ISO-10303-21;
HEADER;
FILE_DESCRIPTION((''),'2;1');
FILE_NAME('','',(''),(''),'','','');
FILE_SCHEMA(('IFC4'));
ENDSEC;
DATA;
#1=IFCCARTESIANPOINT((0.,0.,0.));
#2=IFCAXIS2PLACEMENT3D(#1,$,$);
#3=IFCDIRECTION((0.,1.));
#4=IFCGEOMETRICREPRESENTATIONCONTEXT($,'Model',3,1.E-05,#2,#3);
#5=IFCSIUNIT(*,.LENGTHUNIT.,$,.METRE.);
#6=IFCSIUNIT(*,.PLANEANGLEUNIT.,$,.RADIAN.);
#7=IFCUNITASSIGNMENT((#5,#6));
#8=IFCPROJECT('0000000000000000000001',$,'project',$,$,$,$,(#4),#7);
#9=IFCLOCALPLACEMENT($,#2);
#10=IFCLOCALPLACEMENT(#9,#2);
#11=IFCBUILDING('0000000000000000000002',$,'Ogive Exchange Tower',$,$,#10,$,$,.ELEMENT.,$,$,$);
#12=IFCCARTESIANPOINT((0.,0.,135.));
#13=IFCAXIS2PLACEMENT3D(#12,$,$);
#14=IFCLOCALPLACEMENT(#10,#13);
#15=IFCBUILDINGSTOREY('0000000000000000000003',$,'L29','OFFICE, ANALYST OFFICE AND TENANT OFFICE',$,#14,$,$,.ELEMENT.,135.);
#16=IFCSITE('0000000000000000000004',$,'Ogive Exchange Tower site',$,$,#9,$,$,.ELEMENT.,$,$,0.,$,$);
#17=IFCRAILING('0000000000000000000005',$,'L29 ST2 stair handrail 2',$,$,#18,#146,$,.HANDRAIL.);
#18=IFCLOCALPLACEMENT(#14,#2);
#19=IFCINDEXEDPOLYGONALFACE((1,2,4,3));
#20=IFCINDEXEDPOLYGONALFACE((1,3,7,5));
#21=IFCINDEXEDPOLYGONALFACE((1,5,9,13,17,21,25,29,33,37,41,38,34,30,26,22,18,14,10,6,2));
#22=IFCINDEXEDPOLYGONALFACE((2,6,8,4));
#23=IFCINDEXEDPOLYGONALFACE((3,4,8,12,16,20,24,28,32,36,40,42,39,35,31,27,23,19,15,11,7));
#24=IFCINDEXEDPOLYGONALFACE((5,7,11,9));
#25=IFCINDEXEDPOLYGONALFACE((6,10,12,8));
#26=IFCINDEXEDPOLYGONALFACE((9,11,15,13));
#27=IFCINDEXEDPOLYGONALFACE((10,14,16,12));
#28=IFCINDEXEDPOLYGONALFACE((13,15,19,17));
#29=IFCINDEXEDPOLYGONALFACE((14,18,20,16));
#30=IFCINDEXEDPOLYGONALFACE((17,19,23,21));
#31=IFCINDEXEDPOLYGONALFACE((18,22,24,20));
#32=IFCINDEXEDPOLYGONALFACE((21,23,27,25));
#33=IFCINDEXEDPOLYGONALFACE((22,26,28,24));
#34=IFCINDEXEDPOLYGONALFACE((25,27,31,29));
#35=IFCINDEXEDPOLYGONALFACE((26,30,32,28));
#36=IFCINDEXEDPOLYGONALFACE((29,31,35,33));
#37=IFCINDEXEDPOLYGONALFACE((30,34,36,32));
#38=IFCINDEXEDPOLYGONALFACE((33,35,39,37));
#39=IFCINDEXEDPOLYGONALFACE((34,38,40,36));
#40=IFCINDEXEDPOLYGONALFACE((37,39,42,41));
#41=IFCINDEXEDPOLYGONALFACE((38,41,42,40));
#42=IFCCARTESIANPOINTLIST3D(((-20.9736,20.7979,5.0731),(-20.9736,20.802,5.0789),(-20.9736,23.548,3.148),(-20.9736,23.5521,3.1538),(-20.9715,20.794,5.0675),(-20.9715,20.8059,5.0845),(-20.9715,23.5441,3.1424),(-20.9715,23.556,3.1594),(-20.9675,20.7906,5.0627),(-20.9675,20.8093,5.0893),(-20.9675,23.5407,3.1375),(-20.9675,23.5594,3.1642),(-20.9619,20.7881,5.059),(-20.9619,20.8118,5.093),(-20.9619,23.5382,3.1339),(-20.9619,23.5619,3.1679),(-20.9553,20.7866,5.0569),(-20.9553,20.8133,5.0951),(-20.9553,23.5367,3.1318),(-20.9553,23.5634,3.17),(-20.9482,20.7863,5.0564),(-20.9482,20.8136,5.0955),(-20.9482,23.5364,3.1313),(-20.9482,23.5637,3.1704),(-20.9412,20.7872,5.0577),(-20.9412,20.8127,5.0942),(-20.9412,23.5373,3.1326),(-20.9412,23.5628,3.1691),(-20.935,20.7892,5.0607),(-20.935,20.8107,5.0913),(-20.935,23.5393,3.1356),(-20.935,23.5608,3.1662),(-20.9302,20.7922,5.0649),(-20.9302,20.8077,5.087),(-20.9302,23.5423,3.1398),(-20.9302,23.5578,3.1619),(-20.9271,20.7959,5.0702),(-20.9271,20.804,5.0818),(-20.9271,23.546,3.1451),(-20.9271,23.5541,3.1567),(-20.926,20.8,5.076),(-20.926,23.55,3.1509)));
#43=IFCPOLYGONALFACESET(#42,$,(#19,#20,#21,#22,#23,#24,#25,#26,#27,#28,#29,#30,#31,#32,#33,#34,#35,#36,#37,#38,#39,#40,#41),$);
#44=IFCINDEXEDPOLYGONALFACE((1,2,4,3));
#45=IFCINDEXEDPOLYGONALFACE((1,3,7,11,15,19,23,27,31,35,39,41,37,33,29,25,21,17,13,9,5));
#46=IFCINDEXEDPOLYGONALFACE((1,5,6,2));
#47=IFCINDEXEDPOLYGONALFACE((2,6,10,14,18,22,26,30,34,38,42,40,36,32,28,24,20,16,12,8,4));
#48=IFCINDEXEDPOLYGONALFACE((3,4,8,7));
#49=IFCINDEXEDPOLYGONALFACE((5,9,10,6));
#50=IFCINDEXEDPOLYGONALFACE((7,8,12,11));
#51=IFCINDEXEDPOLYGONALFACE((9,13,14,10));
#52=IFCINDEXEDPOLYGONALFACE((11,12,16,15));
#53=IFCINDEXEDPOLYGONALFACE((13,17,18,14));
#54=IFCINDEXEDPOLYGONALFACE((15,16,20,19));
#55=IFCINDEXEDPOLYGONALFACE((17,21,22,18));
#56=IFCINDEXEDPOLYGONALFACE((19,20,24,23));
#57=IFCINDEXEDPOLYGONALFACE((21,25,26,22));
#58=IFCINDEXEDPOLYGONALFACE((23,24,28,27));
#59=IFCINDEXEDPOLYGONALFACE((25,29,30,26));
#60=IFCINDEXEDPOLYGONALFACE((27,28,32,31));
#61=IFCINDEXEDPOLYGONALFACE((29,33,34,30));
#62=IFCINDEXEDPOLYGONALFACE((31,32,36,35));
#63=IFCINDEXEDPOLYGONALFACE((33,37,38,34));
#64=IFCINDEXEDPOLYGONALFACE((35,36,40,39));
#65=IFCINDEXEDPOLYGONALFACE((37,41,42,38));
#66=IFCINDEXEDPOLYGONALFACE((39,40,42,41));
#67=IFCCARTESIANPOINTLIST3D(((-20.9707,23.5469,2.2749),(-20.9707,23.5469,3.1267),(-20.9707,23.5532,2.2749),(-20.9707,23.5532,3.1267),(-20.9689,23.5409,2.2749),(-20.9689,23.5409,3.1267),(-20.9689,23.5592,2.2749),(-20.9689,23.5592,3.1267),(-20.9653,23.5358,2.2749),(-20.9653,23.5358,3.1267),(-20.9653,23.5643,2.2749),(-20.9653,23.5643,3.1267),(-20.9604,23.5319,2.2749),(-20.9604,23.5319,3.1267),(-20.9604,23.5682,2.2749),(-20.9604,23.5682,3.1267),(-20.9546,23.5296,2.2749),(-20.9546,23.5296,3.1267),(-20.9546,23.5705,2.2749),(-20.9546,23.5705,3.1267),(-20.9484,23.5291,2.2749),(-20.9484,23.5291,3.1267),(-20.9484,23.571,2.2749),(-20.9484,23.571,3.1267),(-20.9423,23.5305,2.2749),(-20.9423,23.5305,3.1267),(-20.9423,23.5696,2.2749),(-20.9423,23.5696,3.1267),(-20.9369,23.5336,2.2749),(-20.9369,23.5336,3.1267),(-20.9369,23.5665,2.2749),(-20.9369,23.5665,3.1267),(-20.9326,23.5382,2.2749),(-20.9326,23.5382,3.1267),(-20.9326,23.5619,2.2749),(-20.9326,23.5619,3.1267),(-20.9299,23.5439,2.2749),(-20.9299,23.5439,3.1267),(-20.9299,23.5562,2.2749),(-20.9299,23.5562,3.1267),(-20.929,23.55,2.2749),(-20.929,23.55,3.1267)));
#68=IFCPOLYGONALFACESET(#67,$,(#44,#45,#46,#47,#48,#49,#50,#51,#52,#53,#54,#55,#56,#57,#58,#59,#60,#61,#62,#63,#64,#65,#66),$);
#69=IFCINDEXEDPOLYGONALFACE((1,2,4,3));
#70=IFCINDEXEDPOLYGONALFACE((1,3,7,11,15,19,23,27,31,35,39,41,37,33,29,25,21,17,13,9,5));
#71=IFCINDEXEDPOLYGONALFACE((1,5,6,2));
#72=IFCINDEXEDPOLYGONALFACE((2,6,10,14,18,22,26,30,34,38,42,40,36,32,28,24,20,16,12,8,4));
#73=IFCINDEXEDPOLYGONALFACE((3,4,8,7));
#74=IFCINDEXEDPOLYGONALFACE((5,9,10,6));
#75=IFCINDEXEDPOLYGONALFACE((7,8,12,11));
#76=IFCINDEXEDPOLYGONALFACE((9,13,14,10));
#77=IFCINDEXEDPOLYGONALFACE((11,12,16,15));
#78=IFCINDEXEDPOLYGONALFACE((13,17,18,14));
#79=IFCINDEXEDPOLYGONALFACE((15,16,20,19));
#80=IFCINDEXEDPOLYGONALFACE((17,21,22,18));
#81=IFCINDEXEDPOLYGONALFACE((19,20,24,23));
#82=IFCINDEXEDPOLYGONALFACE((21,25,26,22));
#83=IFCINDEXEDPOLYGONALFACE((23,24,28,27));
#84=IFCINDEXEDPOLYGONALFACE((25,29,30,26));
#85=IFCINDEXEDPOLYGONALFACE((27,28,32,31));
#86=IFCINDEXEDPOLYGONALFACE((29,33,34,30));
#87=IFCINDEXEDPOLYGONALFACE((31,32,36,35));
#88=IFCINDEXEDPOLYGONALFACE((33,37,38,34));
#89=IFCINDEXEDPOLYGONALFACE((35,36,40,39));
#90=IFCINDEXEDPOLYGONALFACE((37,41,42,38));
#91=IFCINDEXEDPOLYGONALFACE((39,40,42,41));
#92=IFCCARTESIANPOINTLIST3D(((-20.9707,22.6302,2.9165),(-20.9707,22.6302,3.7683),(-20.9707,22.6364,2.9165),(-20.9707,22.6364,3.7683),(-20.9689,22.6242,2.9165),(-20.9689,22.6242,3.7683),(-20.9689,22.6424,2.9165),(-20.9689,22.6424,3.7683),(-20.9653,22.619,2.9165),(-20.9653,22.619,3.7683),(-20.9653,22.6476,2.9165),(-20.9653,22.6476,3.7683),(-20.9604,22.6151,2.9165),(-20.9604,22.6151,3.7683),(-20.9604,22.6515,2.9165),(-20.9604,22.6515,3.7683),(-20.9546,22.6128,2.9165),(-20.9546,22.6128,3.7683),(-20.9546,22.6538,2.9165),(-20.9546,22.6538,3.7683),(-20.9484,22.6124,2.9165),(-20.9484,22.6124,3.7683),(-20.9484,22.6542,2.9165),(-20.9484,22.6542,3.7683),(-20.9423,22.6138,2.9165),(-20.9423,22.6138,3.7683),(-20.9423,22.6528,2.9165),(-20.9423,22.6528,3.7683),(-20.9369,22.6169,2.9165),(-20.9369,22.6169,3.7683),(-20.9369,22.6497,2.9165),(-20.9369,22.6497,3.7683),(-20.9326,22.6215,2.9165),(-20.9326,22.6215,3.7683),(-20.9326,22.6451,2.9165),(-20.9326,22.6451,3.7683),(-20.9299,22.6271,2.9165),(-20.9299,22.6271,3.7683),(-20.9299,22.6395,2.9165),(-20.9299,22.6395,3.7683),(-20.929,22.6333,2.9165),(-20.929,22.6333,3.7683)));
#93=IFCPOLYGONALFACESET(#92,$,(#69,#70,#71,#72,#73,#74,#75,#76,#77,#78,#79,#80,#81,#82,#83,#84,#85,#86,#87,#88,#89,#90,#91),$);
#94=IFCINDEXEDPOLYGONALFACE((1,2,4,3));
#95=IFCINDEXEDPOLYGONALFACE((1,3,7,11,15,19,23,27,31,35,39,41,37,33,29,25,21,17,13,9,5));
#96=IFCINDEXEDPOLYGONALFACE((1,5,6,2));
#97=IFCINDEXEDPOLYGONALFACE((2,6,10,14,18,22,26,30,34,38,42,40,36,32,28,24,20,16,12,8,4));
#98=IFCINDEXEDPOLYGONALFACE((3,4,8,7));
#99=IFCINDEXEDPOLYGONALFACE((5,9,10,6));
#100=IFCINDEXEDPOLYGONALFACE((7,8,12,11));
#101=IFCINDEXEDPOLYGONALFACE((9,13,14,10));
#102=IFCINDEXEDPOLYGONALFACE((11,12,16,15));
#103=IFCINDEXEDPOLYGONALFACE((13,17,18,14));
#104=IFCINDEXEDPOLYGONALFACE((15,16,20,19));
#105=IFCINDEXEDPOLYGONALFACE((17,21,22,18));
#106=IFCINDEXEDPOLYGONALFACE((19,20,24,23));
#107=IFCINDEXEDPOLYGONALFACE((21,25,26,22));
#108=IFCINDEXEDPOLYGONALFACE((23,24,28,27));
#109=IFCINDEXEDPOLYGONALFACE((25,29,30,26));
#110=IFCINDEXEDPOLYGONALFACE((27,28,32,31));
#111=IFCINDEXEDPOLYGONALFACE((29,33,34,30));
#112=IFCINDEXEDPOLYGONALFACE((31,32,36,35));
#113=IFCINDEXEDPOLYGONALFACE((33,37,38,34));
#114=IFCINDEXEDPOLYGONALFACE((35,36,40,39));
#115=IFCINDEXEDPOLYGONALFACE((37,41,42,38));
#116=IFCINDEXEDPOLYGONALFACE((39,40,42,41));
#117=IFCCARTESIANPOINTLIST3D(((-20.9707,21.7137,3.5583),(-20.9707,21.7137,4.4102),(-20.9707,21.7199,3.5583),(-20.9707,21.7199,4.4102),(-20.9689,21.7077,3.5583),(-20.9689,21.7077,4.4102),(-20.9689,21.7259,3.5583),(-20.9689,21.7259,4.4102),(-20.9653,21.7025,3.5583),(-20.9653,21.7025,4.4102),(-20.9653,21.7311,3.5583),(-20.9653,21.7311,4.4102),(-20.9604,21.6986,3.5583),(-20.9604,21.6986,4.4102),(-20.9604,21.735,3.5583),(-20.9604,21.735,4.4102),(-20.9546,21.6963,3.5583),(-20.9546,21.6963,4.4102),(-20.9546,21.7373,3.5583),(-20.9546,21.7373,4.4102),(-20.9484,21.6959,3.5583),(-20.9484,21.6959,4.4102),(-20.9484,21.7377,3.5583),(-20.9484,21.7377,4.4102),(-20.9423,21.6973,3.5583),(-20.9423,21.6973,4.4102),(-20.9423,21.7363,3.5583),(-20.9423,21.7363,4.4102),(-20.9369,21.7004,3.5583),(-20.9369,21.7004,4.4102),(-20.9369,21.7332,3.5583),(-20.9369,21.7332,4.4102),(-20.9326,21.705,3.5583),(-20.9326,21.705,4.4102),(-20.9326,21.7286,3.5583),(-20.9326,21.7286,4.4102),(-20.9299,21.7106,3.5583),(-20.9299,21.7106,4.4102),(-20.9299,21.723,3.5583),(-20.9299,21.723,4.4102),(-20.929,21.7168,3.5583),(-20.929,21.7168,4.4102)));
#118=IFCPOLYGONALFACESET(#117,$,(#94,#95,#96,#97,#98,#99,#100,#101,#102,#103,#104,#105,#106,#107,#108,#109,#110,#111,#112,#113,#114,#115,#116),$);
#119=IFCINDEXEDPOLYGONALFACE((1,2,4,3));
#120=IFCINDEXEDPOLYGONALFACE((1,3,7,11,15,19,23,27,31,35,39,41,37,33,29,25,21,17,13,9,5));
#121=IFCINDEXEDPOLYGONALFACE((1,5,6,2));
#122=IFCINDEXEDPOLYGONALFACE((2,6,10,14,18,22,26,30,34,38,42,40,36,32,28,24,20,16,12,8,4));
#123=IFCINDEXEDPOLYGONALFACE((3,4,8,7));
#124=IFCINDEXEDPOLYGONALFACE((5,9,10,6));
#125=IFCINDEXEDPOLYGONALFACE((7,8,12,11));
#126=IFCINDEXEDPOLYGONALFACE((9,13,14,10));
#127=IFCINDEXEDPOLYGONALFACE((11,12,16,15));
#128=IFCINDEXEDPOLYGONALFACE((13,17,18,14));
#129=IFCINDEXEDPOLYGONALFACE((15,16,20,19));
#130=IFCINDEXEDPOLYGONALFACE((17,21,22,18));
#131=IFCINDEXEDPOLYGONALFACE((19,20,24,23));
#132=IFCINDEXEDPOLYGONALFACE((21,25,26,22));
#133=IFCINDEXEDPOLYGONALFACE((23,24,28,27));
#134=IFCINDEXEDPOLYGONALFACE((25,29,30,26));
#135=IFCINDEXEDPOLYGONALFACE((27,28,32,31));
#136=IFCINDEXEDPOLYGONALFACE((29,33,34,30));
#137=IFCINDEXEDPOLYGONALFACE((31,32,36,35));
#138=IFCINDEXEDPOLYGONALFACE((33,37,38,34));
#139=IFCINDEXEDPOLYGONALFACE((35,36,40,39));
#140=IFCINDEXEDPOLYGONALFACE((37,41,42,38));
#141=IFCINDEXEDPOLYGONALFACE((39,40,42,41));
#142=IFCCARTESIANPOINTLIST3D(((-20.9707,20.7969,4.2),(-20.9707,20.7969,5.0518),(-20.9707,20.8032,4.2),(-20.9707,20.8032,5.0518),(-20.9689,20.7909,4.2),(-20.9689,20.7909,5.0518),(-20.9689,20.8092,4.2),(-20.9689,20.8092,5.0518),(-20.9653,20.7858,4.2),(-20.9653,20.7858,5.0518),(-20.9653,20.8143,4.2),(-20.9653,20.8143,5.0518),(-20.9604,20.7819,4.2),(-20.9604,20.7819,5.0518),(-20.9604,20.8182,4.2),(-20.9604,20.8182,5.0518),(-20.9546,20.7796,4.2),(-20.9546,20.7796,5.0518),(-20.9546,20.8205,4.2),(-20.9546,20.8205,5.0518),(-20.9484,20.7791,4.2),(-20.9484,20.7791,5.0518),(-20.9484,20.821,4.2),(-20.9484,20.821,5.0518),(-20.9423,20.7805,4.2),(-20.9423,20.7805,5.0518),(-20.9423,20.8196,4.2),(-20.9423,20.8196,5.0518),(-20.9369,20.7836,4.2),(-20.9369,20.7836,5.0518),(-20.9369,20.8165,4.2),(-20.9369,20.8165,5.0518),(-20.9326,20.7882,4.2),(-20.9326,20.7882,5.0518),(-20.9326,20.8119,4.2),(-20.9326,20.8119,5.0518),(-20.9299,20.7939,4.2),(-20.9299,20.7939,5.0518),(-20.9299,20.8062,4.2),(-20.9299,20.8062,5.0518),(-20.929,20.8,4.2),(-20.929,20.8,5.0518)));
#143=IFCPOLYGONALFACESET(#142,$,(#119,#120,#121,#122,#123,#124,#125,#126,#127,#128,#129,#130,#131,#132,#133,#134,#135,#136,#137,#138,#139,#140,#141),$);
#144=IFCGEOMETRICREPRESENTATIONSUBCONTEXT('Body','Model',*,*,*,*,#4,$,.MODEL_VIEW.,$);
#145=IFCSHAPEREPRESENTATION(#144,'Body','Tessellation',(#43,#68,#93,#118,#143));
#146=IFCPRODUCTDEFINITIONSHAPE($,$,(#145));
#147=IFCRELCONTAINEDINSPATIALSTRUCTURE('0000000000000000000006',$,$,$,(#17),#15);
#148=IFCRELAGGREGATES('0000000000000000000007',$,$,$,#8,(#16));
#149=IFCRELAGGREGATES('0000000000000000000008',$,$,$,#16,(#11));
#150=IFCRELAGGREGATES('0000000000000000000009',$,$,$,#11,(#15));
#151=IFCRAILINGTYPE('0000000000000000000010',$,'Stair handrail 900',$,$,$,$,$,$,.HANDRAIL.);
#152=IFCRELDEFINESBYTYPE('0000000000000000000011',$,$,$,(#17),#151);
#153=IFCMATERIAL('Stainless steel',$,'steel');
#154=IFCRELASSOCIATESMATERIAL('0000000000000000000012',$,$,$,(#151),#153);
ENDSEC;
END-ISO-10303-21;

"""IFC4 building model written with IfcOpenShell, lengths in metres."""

from ifc_helpers import new_model, si_unit, direction, frame, origin, origin_2d, place, context, subcontext, project, spatial, circle, extrude, material, type_object, element, save


model = new_model("IFC4")

# Units and contexts
model_context = context("Model", 3, precision=1e-05, world=origin(), true_north=direction((0.0, 1.0)))
body_context = subcontext(model_context, "Body", "Model", "MODEL_VIEW")
ifc_project = project(units=[si_unit("LENGTHUNIT", "METRE"), si_unit("PLANEANGLEUNIT", "RADIAN")], contexts=[model_context])

# Site, building, storey
site_placement = place(None, origin())
site = spatial("IfcSite", under=ifc_project, at=site_placement, Name="Ogive Exchange Tower site", CompositionType="ELEMENT", RefElevation=0.0)
building_placement = place(site_placement, origin())
building = spatial("IfcBuilding", under=site, at=building_placement, Name="Ogive Exchange Tower", CompositionType="ELEMENT")
storey_placement = place(building_placement, frame((0.0, 0.0, 135.0)))
storey = spatial("IfcBuildingStorey", under=building, at=storey_placement, Name="L29", Description="OFFICE, ANALYST OFFICE AND TENANT OFFICE", CompositionType="ELEMENT", Elevation=135.0)

# Shared definitions
ifc_material_1 = material(Name="Stainless steel", Category="steel")

# Railing
railing_type = type_object("IfcRailingType", Name="Stair handrail 900", PredefinedType="HANDRAIL", material=ifc_material_1)
railing_1_placement = place(storey_placement, frame((-20.95, 23.55, 2.2749)))
element("IfcRailing", 1, at=railing_1_placement, inside=storey, type_object=railing_type, Name="L29 ST2 stair handrail 2", PredefinedType="HANDRAIL", context=body_context, shape_type="SweptSolid", body=[
    extrude(circle(Radius=0.0239, at=origin_2d()), frame((0.0, 0.0, 0.876), z_axis=(0.0, -0.819225, 0.573472), x_axis=(1.0, 0.0, 0.0)), (0.0, 0.0, 1.0), 3.3569),
    extrude(circle(Radius=0.021, at=origin_2d()), origin(), (0.0, 0.0, 1.0), 0.8518),
    extrude(circle(Radius=0.021, at=origin_2d()), frame((0.0, -0.9167, 0.6416)), (0.0, 0.0, 1.0), 0.8518),
    extrude(circle(Radius=0.021, at=origin_2d()), frame((0.0, -1.8333, 1.2834)), (0.0, 0.0, 1.0), 0.8518),
    extrude(circle(Radius=0.021, at=origin_2d()), frame((0.0, -2.75, 1.925)), (0.0, 0.0, 1.0), 0.8518),
])

save(model, "model.ifc")
